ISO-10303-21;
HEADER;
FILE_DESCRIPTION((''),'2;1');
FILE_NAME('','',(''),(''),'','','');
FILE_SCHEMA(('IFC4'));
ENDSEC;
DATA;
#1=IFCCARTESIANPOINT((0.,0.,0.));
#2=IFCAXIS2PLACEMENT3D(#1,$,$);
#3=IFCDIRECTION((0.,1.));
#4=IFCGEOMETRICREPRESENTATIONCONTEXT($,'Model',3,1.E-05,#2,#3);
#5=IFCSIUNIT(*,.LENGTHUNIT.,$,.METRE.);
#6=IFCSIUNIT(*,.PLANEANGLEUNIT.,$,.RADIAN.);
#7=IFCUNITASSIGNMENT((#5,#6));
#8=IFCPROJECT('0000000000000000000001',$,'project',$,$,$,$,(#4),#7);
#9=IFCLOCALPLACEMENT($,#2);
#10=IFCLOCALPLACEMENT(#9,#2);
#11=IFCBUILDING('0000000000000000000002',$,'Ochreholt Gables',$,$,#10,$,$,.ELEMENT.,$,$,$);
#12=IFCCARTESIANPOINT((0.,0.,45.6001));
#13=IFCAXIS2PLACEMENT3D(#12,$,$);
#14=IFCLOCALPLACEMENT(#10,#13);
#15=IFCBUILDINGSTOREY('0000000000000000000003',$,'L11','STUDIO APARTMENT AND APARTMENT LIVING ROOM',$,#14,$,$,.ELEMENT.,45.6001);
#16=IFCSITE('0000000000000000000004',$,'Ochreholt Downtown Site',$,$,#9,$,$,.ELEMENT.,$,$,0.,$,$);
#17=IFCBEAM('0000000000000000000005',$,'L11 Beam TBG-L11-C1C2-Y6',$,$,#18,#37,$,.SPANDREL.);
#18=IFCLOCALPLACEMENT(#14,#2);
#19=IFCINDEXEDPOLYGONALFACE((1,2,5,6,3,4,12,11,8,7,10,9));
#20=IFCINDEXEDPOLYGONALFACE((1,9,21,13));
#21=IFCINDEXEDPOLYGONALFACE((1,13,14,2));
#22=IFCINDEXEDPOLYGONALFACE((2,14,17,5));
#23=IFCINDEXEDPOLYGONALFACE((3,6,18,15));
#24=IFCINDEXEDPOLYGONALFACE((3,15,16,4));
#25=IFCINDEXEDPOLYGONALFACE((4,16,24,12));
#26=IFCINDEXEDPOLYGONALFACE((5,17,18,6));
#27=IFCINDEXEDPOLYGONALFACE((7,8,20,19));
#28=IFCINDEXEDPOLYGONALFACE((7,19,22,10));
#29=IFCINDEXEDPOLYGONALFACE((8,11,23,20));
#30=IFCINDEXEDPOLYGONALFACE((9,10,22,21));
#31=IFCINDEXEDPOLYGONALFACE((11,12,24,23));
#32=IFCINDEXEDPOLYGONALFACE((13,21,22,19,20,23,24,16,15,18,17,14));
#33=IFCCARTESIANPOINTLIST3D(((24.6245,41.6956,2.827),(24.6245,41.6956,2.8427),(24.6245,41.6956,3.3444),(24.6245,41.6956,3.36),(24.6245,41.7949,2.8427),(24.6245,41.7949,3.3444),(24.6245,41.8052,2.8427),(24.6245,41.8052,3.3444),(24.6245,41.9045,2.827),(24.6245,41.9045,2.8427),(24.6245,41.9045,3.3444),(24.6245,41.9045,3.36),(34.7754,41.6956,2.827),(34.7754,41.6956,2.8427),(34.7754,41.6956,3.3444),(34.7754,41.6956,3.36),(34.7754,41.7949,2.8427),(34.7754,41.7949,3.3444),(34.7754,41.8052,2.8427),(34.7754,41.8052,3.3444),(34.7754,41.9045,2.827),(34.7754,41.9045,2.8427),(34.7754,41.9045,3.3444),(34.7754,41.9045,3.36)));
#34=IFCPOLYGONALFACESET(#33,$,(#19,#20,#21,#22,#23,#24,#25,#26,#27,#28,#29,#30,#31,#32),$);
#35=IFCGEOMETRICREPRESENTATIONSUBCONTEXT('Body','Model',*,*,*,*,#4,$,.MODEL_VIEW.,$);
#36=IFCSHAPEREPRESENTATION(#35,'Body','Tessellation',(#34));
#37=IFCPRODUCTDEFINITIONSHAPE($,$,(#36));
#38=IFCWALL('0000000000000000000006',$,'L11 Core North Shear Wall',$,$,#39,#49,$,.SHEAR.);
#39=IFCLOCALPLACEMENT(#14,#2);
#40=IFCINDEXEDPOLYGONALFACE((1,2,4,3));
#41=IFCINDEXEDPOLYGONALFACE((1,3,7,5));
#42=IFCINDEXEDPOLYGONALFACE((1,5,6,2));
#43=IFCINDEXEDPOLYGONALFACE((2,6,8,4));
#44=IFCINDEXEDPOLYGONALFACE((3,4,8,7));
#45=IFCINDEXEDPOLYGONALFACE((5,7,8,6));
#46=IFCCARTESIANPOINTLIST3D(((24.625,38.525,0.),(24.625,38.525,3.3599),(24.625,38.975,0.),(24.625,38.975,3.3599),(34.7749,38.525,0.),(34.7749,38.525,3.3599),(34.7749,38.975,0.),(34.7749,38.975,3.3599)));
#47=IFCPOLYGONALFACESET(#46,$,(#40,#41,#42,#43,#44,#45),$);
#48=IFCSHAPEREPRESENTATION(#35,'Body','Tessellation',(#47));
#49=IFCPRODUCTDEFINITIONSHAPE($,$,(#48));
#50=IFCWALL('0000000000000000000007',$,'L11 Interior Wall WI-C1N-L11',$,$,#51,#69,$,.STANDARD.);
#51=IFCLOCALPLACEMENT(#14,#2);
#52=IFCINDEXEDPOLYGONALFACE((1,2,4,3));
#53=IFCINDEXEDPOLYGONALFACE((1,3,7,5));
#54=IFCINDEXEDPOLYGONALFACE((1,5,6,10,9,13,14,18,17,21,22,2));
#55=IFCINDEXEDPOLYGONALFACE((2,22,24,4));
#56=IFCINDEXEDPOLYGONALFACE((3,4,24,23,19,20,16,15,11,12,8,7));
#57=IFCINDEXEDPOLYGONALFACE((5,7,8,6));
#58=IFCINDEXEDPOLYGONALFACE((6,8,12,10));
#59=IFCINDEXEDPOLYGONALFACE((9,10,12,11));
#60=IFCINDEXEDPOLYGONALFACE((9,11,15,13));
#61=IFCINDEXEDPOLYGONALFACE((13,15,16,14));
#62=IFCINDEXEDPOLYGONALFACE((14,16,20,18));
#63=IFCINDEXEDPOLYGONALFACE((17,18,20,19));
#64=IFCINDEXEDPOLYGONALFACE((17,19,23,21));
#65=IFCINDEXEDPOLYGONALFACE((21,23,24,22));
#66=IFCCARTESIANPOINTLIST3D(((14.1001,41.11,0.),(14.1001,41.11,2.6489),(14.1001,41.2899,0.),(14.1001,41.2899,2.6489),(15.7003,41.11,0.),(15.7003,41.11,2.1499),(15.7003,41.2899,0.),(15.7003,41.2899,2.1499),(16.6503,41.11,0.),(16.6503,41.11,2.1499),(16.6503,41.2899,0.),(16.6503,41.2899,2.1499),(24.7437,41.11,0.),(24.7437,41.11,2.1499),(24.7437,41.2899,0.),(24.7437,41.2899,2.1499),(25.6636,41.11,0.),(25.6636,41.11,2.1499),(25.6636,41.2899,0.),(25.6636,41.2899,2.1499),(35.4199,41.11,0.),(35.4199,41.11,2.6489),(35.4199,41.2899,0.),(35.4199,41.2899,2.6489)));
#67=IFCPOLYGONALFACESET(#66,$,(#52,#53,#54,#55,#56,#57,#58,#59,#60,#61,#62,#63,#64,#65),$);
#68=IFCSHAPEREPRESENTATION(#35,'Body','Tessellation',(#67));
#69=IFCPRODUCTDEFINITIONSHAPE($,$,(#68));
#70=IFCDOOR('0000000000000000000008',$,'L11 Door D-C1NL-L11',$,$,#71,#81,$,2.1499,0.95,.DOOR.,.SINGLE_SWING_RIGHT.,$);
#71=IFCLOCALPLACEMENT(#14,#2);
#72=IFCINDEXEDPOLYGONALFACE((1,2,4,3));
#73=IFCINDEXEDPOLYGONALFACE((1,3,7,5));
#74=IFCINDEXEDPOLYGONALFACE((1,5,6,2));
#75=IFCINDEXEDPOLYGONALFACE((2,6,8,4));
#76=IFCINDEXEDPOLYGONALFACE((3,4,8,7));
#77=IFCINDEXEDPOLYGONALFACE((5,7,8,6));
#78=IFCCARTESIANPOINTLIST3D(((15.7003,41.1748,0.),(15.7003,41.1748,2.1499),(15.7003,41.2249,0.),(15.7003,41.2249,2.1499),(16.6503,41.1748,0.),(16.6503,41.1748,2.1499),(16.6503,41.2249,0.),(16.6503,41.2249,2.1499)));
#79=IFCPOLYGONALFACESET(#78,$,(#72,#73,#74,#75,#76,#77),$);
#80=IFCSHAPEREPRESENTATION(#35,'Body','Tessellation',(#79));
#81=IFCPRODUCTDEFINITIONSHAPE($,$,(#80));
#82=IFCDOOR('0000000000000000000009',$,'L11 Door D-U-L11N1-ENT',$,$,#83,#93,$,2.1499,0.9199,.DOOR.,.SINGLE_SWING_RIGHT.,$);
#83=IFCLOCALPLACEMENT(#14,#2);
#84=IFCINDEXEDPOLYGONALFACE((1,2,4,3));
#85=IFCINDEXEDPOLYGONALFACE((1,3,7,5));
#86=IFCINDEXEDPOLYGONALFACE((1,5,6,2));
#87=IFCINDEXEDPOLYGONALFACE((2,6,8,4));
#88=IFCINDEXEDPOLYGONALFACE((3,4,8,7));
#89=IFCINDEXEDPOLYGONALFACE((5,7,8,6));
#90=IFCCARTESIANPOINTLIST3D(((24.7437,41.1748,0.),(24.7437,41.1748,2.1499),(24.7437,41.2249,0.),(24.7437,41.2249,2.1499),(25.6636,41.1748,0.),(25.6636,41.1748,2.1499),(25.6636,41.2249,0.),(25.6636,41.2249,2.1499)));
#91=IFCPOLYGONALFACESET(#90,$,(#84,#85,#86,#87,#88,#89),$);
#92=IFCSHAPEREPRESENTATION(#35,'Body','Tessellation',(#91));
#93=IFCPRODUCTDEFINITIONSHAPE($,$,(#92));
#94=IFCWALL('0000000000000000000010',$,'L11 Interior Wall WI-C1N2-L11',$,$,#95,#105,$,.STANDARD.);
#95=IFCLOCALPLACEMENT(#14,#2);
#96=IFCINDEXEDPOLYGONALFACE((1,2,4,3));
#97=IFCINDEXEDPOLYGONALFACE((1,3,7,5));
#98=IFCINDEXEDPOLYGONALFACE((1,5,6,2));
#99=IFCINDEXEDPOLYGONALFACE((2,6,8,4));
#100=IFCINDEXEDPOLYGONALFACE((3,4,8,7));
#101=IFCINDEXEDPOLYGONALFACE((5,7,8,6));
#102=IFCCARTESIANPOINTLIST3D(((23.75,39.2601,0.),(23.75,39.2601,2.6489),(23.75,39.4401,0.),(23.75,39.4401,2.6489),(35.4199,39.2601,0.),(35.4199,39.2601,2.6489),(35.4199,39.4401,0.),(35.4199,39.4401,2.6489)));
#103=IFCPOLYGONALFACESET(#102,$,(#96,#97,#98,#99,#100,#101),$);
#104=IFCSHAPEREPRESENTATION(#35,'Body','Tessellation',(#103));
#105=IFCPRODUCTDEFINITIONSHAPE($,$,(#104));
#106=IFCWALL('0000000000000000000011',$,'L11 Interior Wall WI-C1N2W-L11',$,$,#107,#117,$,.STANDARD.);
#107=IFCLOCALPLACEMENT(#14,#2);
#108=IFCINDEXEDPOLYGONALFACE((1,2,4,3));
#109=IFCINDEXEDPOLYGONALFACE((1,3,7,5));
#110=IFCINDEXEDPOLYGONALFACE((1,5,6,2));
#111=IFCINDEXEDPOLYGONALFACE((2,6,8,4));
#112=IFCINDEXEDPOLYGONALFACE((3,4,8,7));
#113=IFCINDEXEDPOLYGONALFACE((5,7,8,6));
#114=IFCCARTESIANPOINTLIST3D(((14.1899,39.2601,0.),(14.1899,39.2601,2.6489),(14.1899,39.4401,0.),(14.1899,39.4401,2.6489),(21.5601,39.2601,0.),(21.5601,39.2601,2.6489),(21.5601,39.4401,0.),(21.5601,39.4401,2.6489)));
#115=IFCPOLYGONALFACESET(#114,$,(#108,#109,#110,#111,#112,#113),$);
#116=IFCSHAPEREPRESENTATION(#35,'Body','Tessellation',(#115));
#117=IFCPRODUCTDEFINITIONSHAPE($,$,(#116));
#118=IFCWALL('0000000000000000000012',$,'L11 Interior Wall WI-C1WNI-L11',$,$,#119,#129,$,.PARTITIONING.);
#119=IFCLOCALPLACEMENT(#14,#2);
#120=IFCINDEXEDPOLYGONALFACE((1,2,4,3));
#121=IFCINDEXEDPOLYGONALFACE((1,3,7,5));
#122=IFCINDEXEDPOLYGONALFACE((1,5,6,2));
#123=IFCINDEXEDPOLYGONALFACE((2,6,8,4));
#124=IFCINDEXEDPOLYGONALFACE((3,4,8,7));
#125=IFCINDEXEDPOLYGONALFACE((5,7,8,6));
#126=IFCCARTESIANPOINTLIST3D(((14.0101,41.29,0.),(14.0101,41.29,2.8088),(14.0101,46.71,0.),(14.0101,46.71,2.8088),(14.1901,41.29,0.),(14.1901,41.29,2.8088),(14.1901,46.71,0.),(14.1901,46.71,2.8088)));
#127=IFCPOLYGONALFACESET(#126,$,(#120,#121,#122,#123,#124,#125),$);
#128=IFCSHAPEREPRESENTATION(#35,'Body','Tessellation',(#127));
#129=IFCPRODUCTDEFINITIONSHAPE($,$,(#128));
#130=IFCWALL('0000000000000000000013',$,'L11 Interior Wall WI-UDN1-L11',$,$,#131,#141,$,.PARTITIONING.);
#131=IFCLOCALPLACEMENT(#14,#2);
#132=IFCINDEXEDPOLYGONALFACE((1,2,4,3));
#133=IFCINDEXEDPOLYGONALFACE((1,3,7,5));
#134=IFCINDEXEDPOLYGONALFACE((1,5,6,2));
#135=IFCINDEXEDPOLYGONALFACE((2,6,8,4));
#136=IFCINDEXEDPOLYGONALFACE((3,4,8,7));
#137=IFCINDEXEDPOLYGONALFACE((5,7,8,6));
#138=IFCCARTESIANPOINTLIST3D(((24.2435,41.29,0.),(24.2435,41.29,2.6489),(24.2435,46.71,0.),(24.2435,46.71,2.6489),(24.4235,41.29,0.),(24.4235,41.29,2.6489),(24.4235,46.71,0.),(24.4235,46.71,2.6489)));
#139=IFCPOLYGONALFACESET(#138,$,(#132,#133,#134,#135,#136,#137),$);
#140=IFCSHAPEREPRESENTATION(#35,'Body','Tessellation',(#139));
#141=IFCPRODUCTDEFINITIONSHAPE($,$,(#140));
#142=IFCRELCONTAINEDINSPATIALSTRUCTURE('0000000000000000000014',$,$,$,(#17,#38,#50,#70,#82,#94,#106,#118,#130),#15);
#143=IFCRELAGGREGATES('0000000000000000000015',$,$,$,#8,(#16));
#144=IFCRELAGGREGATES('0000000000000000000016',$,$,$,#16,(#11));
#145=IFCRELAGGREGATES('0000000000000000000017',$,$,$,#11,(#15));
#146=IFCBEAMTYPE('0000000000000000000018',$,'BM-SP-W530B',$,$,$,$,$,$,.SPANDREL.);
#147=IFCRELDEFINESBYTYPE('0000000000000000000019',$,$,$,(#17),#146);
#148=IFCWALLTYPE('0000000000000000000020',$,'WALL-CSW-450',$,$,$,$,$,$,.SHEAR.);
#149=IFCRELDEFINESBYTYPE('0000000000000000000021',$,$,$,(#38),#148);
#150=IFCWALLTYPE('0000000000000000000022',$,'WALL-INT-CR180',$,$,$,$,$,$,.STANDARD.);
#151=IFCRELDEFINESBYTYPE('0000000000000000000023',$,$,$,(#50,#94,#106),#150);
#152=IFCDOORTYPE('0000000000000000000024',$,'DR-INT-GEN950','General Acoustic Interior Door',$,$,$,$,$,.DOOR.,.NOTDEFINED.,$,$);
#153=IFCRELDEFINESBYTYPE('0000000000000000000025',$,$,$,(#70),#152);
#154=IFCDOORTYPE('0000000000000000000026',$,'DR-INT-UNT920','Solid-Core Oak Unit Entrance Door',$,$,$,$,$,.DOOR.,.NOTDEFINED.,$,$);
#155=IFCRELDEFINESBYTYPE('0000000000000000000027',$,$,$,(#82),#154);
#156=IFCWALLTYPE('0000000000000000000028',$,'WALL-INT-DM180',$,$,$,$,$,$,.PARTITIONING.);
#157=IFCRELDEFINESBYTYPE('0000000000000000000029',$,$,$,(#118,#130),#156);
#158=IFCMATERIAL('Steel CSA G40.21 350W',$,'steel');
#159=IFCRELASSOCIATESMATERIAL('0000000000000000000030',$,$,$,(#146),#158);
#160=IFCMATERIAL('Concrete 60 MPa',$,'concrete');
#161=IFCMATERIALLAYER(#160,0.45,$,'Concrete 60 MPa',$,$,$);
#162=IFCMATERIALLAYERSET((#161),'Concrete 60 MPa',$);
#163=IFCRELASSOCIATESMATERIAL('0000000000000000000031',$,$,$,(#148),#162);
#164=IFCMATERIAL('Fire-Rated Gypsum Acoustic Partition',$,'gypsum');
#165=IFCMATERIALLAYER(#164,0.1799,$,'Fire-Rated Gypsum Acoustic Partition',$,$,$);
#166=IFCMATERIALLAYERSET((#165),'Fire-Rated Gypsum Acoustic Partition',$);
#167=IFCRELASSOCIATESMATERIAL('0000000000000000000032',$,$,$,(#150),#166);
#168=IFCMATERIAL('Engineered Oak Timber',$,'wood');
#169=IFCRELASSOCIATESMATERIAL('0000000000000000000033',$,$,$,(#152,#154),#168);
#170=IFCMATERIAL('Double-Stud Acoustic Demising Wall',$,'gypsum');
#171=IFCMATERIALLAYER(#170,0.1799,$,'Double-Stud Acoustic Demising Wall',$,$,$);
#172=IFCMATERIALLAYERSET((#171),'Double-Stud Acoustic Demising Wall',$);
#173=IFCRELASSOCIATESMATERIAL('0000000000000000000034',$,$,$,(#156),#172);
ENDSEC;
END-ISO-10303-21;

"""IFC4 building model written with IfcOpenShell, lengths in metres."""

from ifc_helpers import new_model, si_unit, direction, frame, frame_2d, origin, origin_2d, place, context, subcontext, project, spatial, rectangle, i_section, extrude, material, layer, layer_set, material_profile, profile_set, type_object, element, fill, save


model = new_model("IFC4")

# Units and contexts
model_context = context("Model", 3, precision=1e-05, world=origin(), true_north=direction((0.0, 1.0)))
body_context = subcontext(model_context, "Body", "Model", "MODEL_VIEW")
ifc_project = project(units=[si_unit("LENGTHUNIT", "METRE"), si_unit("PLANEANGLEUNIT", "RADIAN")], contexts=[model_context])

# Site, building, storey
site_placement = place(None, origin())
site = spatial("IfcSite", under=ifc_project, at=site_placement, Name="Ochreholt Downtown Site", CompositionType="ELEMENT", RefElevation=0.0)
building_placement = place(site_placement, origin())
building = spatial("IfcBuilding", under=site, at=building_placement, Name="Ochreholt Gables", CompositionType="ELEMENT")
storey_placement = place(building_placement, frame((0.0, 0.0, 45.6001)))
storey = spatial("IfcBuildingStorey", under=building, at=storey_placement, Name="L11", Description="STUDIO APARTMENT AND APARTMENT LIVING ROOM", CompositionType="ELEMENT", Elevation=45.6001)

# Shared definitions
ifc_material_1 = material(Name="Concrete 60 MPa", Category="concrete")

# Beam
ifc_material_2 = material(Name="Steel CSA G40.21 350W", Category="steel")
ifc_material_profile_1 = material_profile(ifc_material_2, i_section(OverallWidth=0.209, OverallDepth=0.533, WebThickness=0.0103, FlangeThickness=0.0156, at=origin_2d()), Name="W530X92")
ifc_profile_set_1 = profile_set([ifc_material_profile_1], Name="Steel CSA G40.21 350W")
beam_type_1 = type_object("IfcBeamType", Name="BM-SP-W530B", PredefinedType="SPANDREL", material=ifc_profile_set_1)
beam_1_placement = place(storey_placement, frame((24.6245, 41.8, 3.0935), z_axis=(1.0, 0.0, 0.0), x_axis=(0.0, 1.0, 0.0)))
element("IfcBeam", 1, at=beam_1_placement, inside=storey, type_object=beam_type_1, Name="L11 Beam TBG-L11-C1C2-Y6", PredefinedType="SPANDREL", context=body_context, shape_type="SweptSolid", body=[
    extrude(i_section(OverallWidth=0.209, OverallDepth=0.533, WebThickness=0.0103, FlangeThickness=0.0156, at=origin_2d()), origin(), (0.0, 0.0, 1.0), 10.1509),
])

# Wall
ifc_layer_1 = layer(ifc_material_1, 0.45, Name="Concrete 60 MPa")
ifc_layer_set_1 = layer_set([ifc_layer_1], Name="Concrete 60 MPa")
wall_type_1 = type_object("IfcWallType", Name="WALL-CSW-450", PredefinedType="SHEAR", material=ifc_layer_set_1)
wall_1_placement = place(storey_placement, frame((24.625, 38.75, 0.0), z_axis=(0.0, 0.0, 1.0), x_axis=(1.0, 0.0, 0.0)))
element("IfcWall", 2, at=wall_1_placement, inside=storey, type_object=wall_type_1, Name="L11 Core North Shear Wall", PredefinedType="SHEAR", context=body_context, shape_type="SweptSolid", body=[
    extrude(rectangle(XDim=10.1499, YDim=0.45, at=frame_2d((5.075, 0.0))), origin(), (0.0, 0.0, 1.0), 3.3599),
])

# Wall, openings, doors
ifc_material_3 = material(Name="Fire-Rated Gypsum Acoustic Partition", Category="gypsum")
ifc_layer_2 = layer(ifc_material_3, 0.1799, Name="Fire-Rated Gypsum Acoustic Partition")
ifc_layer_set_2 = layer_set([ifc_layer_2], Name="Fire-Rated Gypsum Acoustic Partition")
wall_type_2 = type_object("IfcWallType", Name="WALL-INT-CR180", PredefinedType="STANDARD", material=ifc_layer_set_2)
wall_2_placement = place(storey_placement, frame((14.1001, 41.2, 0.0), z_axis=(0.0, 0.0, 1.0), x_axis=(1.0, 0.0, 0.0)))
wall_2 = element("IfcWall", 3, at=wall_2_placement, inside=storey, type_object=wall_type_2, Name="L11 Interior Wall WI-C1N-L11", PredefinedType="STANDARD", context=body_context, shape_type="SweptSolid", body=[
    extrude(rectangle(XDim=21.3198, YDim=0.1799, at=frame_2d((10.6599, 0.0))), origin(), (0.0, 0.0, 1.0), 2.6489),
])
opening_1_placement = place(wall_2_placement, frame((1.6001, 0.0, 0.0)))
opening_1 = element("IfcOpeningElement", 4, at=opening_1_placement, cuts=wall_2, PredefinedType="OPENING", context=body_context, shape_type="SweptSolid", body=[
    extrude(rectangle(XDim=0.95, YDim=2.1499, at=frame_2d((0.4751, 1.075))), frame((0.0, 0.0999, 0.0), z_axis=(0.0, -1.0, 0.0), x_axis=(1.0, 0.0, 0.0)), (0.0, 0.0, 1.0), 0.2),
])
opening_2_placement = place(wall_2_placement, frame((10.6436, 0.0, 0.0)))
opening_2 = element("IfcOpeningElement", 5, at=opening_2_placement, cuts=wall_2, PredefinedType="OPENING", context=body_context, shape_type="SweptSolid", body=[
    extrude(rectangle(XDim=0.9199, YDim=2.1499, at=frame_2d((0.46, 1.075))), frame((0.0, 0.0999, 0.0), z_axis=(0.0, -1.0, 0.0), x_axis=(1.0, 0.0, 0.0)), (0.0, 0.0, 1.0), 0.2),
])
ifc_material_4 = material(Name="Engineered Oak Timber", Category="wood")
door_type_1 = type_object("IfcDoorType", Name="DR-INT-GEN950", Description="General Acoustic Interior Door", OperationType="NOTDEFINED", PredefinedType="DOOR", material=ifc_material_4)
door_1_placement = place(opening_1_placement, origin())
door_1 = element("IfcDoor", 6, at=door_1_placement, inside=storey, type_object=door_type_1, Name="L11 Door D-C1NL-L11", OperationType="SINGLE_SWING_RIGHT", OverallHeight=2.1499, OverallWidth=0.95, PredefinedType="DOOR", context=body_context, shape_type="SweptSolid", body=[
    extrude(rectangle(XDim=0.95, YDim=2.1499, at=frame_2d((0.4751, 1.075))), frame((0.0, 0.0249, 0.0), z_axis=(0.0, -1.0, 0.0), x_axis=(1.0, 0.0, 0.0)), (0.0, 0.0, 1.0), 0.05),
])
fill(opening_1, door_1)
door_type_2 = type_object("IfcDoorType", Name="DR-INT-UNT920", Description="Solid-Core Oak Unit Entrance Door", OperationType="NOTDEFINED", PredefinedType="DOOR", material=ifc_material_4)
door_2_placement = place(opening_2_placement, origin())
door_2 = element("IfcDoor", 7, at=door_2_placement, inside=storey, type_object=door_type_2, Name="L11 Door D-U-L11N1-ENT", OperationType="SINGLE_SWING_RIGHT", OverallHeight=2.1499, OverallWidth=0.9199, PredefinedType="DOOR", context=body_context, shape_type="SweptSolid", body=[
    extrude(rectangle(XDim=0.9199, YDim=2.1499, at=frame_2d((0.46, 1.075))), frame((0.0, 0.0249, 0.0), z_axis=(0.0, -1.0, 0.0), x_axis=(1.0, 0.0, 0.0)), (0.0, 0.0, 1.0), 0.05),
])
fill(opening_2, door_2)

# Walls
wall_3_placement = place(storey_placement, frame((23.75, 39.3501, 0.0), z_axis=(0.0, 0.0, 1.0), x_axis=(1.0, 0.0, 0.0)))
element("IfcWall", 8, at=wall_3_placement, inside=storey, type_object=wall_type_2, Name="L11 Interior Wall WI-C1N2-L11", PredefinedType="STANDARD", context=body_context, shape_type="SweptSolid", body=[
    extrude(rectangle(XDim=11.6699, YDim=0.1799, at=frame_2d((5.835, 0.0))), origin(), (0.0, 0.0, 1.0), 2.6489),
])
wall_4_placement = place(storey_placement, frame((14.1899, 39.3501, 0.0), z_axis=(0.0, 0.0, 1.0), x_axis=(1.0, 0.0, 0.0)))
element("IfcWall", 9, at=wall_4_placement, inside=storey, type_object=wall_type_2, Name="L11 Interior Wall WI-C1N2W-L11", PredefinedType="STANDARD", context=body_context, shape_type="SweptSolid", body=[
    extrude(rectangle(XDim=7.3701, YDim=0.1799, at=frame_2d((3.6851, 0.0))), origin(), (0.0, 0.0, 1.0), 2.6489),
])
ifc_material_5 = material(Name="Double-Stud Acoustic Demising Wall", Category="gypsum")
ifc_layer_3 = layer(ifc_material_5, 0.1799, Name="Double-Stud Acoustic Demising Wall")
ifc_layer_set_3 = layer_set([ifc_layer_3], Name="Double-Stud Acoustic Demising Wall")
wall_type_3 = type_object("IfcWallType", Name="WALL-INT-DM180", PredefinedType="PARTITIONING", material=ifc_layer_set_3)
wall_5_placement = place(storey_placement, frame((14.1001, 41.29, 0.0), z_axis=(0.0, 0.0, 1.0), x_axis=(0.0, 1.0, 0.0)))
element("IfcWall", 10, at=wall_5_placement, inside=storey, type_object=wall_type_3, Name="L11 Interior Wall WI-C1WNI-L11", PredefinedType="PARTITIONING", context=body_context, shape_type="SweptSolid", body=[
    extrude(rectangle(XDim=5.4199, YDim=0.1799, at=frame_2d((2.71, 0.0))), origin(), (0.0, 0.0, 1.0), 2.8088),
])
wall_6_placement = place(storey_placement, frame((24.3335, 41.29, 0.0), z_axis=(0.0, 0.0, 1.0), x_axis=(0.0, 1.0, 0.0)))
element("IfcWall", 11, at=wall_6_placement, inside=storey, type_object=wall_type_3, Name="L11 Interior Wall WI-UDN1-L11", PredefinedType="PARTITIONING", context=body_context, shape_type="SweptSolid", body=[
    extrude(rectangle(XDim=5.4199, YDim=0.1799, at=frame_2d((2.71, 0.0))), origin(), (0.0, 0.0, 1.0), 2.6489),
])

save(model, "model.ifc")
